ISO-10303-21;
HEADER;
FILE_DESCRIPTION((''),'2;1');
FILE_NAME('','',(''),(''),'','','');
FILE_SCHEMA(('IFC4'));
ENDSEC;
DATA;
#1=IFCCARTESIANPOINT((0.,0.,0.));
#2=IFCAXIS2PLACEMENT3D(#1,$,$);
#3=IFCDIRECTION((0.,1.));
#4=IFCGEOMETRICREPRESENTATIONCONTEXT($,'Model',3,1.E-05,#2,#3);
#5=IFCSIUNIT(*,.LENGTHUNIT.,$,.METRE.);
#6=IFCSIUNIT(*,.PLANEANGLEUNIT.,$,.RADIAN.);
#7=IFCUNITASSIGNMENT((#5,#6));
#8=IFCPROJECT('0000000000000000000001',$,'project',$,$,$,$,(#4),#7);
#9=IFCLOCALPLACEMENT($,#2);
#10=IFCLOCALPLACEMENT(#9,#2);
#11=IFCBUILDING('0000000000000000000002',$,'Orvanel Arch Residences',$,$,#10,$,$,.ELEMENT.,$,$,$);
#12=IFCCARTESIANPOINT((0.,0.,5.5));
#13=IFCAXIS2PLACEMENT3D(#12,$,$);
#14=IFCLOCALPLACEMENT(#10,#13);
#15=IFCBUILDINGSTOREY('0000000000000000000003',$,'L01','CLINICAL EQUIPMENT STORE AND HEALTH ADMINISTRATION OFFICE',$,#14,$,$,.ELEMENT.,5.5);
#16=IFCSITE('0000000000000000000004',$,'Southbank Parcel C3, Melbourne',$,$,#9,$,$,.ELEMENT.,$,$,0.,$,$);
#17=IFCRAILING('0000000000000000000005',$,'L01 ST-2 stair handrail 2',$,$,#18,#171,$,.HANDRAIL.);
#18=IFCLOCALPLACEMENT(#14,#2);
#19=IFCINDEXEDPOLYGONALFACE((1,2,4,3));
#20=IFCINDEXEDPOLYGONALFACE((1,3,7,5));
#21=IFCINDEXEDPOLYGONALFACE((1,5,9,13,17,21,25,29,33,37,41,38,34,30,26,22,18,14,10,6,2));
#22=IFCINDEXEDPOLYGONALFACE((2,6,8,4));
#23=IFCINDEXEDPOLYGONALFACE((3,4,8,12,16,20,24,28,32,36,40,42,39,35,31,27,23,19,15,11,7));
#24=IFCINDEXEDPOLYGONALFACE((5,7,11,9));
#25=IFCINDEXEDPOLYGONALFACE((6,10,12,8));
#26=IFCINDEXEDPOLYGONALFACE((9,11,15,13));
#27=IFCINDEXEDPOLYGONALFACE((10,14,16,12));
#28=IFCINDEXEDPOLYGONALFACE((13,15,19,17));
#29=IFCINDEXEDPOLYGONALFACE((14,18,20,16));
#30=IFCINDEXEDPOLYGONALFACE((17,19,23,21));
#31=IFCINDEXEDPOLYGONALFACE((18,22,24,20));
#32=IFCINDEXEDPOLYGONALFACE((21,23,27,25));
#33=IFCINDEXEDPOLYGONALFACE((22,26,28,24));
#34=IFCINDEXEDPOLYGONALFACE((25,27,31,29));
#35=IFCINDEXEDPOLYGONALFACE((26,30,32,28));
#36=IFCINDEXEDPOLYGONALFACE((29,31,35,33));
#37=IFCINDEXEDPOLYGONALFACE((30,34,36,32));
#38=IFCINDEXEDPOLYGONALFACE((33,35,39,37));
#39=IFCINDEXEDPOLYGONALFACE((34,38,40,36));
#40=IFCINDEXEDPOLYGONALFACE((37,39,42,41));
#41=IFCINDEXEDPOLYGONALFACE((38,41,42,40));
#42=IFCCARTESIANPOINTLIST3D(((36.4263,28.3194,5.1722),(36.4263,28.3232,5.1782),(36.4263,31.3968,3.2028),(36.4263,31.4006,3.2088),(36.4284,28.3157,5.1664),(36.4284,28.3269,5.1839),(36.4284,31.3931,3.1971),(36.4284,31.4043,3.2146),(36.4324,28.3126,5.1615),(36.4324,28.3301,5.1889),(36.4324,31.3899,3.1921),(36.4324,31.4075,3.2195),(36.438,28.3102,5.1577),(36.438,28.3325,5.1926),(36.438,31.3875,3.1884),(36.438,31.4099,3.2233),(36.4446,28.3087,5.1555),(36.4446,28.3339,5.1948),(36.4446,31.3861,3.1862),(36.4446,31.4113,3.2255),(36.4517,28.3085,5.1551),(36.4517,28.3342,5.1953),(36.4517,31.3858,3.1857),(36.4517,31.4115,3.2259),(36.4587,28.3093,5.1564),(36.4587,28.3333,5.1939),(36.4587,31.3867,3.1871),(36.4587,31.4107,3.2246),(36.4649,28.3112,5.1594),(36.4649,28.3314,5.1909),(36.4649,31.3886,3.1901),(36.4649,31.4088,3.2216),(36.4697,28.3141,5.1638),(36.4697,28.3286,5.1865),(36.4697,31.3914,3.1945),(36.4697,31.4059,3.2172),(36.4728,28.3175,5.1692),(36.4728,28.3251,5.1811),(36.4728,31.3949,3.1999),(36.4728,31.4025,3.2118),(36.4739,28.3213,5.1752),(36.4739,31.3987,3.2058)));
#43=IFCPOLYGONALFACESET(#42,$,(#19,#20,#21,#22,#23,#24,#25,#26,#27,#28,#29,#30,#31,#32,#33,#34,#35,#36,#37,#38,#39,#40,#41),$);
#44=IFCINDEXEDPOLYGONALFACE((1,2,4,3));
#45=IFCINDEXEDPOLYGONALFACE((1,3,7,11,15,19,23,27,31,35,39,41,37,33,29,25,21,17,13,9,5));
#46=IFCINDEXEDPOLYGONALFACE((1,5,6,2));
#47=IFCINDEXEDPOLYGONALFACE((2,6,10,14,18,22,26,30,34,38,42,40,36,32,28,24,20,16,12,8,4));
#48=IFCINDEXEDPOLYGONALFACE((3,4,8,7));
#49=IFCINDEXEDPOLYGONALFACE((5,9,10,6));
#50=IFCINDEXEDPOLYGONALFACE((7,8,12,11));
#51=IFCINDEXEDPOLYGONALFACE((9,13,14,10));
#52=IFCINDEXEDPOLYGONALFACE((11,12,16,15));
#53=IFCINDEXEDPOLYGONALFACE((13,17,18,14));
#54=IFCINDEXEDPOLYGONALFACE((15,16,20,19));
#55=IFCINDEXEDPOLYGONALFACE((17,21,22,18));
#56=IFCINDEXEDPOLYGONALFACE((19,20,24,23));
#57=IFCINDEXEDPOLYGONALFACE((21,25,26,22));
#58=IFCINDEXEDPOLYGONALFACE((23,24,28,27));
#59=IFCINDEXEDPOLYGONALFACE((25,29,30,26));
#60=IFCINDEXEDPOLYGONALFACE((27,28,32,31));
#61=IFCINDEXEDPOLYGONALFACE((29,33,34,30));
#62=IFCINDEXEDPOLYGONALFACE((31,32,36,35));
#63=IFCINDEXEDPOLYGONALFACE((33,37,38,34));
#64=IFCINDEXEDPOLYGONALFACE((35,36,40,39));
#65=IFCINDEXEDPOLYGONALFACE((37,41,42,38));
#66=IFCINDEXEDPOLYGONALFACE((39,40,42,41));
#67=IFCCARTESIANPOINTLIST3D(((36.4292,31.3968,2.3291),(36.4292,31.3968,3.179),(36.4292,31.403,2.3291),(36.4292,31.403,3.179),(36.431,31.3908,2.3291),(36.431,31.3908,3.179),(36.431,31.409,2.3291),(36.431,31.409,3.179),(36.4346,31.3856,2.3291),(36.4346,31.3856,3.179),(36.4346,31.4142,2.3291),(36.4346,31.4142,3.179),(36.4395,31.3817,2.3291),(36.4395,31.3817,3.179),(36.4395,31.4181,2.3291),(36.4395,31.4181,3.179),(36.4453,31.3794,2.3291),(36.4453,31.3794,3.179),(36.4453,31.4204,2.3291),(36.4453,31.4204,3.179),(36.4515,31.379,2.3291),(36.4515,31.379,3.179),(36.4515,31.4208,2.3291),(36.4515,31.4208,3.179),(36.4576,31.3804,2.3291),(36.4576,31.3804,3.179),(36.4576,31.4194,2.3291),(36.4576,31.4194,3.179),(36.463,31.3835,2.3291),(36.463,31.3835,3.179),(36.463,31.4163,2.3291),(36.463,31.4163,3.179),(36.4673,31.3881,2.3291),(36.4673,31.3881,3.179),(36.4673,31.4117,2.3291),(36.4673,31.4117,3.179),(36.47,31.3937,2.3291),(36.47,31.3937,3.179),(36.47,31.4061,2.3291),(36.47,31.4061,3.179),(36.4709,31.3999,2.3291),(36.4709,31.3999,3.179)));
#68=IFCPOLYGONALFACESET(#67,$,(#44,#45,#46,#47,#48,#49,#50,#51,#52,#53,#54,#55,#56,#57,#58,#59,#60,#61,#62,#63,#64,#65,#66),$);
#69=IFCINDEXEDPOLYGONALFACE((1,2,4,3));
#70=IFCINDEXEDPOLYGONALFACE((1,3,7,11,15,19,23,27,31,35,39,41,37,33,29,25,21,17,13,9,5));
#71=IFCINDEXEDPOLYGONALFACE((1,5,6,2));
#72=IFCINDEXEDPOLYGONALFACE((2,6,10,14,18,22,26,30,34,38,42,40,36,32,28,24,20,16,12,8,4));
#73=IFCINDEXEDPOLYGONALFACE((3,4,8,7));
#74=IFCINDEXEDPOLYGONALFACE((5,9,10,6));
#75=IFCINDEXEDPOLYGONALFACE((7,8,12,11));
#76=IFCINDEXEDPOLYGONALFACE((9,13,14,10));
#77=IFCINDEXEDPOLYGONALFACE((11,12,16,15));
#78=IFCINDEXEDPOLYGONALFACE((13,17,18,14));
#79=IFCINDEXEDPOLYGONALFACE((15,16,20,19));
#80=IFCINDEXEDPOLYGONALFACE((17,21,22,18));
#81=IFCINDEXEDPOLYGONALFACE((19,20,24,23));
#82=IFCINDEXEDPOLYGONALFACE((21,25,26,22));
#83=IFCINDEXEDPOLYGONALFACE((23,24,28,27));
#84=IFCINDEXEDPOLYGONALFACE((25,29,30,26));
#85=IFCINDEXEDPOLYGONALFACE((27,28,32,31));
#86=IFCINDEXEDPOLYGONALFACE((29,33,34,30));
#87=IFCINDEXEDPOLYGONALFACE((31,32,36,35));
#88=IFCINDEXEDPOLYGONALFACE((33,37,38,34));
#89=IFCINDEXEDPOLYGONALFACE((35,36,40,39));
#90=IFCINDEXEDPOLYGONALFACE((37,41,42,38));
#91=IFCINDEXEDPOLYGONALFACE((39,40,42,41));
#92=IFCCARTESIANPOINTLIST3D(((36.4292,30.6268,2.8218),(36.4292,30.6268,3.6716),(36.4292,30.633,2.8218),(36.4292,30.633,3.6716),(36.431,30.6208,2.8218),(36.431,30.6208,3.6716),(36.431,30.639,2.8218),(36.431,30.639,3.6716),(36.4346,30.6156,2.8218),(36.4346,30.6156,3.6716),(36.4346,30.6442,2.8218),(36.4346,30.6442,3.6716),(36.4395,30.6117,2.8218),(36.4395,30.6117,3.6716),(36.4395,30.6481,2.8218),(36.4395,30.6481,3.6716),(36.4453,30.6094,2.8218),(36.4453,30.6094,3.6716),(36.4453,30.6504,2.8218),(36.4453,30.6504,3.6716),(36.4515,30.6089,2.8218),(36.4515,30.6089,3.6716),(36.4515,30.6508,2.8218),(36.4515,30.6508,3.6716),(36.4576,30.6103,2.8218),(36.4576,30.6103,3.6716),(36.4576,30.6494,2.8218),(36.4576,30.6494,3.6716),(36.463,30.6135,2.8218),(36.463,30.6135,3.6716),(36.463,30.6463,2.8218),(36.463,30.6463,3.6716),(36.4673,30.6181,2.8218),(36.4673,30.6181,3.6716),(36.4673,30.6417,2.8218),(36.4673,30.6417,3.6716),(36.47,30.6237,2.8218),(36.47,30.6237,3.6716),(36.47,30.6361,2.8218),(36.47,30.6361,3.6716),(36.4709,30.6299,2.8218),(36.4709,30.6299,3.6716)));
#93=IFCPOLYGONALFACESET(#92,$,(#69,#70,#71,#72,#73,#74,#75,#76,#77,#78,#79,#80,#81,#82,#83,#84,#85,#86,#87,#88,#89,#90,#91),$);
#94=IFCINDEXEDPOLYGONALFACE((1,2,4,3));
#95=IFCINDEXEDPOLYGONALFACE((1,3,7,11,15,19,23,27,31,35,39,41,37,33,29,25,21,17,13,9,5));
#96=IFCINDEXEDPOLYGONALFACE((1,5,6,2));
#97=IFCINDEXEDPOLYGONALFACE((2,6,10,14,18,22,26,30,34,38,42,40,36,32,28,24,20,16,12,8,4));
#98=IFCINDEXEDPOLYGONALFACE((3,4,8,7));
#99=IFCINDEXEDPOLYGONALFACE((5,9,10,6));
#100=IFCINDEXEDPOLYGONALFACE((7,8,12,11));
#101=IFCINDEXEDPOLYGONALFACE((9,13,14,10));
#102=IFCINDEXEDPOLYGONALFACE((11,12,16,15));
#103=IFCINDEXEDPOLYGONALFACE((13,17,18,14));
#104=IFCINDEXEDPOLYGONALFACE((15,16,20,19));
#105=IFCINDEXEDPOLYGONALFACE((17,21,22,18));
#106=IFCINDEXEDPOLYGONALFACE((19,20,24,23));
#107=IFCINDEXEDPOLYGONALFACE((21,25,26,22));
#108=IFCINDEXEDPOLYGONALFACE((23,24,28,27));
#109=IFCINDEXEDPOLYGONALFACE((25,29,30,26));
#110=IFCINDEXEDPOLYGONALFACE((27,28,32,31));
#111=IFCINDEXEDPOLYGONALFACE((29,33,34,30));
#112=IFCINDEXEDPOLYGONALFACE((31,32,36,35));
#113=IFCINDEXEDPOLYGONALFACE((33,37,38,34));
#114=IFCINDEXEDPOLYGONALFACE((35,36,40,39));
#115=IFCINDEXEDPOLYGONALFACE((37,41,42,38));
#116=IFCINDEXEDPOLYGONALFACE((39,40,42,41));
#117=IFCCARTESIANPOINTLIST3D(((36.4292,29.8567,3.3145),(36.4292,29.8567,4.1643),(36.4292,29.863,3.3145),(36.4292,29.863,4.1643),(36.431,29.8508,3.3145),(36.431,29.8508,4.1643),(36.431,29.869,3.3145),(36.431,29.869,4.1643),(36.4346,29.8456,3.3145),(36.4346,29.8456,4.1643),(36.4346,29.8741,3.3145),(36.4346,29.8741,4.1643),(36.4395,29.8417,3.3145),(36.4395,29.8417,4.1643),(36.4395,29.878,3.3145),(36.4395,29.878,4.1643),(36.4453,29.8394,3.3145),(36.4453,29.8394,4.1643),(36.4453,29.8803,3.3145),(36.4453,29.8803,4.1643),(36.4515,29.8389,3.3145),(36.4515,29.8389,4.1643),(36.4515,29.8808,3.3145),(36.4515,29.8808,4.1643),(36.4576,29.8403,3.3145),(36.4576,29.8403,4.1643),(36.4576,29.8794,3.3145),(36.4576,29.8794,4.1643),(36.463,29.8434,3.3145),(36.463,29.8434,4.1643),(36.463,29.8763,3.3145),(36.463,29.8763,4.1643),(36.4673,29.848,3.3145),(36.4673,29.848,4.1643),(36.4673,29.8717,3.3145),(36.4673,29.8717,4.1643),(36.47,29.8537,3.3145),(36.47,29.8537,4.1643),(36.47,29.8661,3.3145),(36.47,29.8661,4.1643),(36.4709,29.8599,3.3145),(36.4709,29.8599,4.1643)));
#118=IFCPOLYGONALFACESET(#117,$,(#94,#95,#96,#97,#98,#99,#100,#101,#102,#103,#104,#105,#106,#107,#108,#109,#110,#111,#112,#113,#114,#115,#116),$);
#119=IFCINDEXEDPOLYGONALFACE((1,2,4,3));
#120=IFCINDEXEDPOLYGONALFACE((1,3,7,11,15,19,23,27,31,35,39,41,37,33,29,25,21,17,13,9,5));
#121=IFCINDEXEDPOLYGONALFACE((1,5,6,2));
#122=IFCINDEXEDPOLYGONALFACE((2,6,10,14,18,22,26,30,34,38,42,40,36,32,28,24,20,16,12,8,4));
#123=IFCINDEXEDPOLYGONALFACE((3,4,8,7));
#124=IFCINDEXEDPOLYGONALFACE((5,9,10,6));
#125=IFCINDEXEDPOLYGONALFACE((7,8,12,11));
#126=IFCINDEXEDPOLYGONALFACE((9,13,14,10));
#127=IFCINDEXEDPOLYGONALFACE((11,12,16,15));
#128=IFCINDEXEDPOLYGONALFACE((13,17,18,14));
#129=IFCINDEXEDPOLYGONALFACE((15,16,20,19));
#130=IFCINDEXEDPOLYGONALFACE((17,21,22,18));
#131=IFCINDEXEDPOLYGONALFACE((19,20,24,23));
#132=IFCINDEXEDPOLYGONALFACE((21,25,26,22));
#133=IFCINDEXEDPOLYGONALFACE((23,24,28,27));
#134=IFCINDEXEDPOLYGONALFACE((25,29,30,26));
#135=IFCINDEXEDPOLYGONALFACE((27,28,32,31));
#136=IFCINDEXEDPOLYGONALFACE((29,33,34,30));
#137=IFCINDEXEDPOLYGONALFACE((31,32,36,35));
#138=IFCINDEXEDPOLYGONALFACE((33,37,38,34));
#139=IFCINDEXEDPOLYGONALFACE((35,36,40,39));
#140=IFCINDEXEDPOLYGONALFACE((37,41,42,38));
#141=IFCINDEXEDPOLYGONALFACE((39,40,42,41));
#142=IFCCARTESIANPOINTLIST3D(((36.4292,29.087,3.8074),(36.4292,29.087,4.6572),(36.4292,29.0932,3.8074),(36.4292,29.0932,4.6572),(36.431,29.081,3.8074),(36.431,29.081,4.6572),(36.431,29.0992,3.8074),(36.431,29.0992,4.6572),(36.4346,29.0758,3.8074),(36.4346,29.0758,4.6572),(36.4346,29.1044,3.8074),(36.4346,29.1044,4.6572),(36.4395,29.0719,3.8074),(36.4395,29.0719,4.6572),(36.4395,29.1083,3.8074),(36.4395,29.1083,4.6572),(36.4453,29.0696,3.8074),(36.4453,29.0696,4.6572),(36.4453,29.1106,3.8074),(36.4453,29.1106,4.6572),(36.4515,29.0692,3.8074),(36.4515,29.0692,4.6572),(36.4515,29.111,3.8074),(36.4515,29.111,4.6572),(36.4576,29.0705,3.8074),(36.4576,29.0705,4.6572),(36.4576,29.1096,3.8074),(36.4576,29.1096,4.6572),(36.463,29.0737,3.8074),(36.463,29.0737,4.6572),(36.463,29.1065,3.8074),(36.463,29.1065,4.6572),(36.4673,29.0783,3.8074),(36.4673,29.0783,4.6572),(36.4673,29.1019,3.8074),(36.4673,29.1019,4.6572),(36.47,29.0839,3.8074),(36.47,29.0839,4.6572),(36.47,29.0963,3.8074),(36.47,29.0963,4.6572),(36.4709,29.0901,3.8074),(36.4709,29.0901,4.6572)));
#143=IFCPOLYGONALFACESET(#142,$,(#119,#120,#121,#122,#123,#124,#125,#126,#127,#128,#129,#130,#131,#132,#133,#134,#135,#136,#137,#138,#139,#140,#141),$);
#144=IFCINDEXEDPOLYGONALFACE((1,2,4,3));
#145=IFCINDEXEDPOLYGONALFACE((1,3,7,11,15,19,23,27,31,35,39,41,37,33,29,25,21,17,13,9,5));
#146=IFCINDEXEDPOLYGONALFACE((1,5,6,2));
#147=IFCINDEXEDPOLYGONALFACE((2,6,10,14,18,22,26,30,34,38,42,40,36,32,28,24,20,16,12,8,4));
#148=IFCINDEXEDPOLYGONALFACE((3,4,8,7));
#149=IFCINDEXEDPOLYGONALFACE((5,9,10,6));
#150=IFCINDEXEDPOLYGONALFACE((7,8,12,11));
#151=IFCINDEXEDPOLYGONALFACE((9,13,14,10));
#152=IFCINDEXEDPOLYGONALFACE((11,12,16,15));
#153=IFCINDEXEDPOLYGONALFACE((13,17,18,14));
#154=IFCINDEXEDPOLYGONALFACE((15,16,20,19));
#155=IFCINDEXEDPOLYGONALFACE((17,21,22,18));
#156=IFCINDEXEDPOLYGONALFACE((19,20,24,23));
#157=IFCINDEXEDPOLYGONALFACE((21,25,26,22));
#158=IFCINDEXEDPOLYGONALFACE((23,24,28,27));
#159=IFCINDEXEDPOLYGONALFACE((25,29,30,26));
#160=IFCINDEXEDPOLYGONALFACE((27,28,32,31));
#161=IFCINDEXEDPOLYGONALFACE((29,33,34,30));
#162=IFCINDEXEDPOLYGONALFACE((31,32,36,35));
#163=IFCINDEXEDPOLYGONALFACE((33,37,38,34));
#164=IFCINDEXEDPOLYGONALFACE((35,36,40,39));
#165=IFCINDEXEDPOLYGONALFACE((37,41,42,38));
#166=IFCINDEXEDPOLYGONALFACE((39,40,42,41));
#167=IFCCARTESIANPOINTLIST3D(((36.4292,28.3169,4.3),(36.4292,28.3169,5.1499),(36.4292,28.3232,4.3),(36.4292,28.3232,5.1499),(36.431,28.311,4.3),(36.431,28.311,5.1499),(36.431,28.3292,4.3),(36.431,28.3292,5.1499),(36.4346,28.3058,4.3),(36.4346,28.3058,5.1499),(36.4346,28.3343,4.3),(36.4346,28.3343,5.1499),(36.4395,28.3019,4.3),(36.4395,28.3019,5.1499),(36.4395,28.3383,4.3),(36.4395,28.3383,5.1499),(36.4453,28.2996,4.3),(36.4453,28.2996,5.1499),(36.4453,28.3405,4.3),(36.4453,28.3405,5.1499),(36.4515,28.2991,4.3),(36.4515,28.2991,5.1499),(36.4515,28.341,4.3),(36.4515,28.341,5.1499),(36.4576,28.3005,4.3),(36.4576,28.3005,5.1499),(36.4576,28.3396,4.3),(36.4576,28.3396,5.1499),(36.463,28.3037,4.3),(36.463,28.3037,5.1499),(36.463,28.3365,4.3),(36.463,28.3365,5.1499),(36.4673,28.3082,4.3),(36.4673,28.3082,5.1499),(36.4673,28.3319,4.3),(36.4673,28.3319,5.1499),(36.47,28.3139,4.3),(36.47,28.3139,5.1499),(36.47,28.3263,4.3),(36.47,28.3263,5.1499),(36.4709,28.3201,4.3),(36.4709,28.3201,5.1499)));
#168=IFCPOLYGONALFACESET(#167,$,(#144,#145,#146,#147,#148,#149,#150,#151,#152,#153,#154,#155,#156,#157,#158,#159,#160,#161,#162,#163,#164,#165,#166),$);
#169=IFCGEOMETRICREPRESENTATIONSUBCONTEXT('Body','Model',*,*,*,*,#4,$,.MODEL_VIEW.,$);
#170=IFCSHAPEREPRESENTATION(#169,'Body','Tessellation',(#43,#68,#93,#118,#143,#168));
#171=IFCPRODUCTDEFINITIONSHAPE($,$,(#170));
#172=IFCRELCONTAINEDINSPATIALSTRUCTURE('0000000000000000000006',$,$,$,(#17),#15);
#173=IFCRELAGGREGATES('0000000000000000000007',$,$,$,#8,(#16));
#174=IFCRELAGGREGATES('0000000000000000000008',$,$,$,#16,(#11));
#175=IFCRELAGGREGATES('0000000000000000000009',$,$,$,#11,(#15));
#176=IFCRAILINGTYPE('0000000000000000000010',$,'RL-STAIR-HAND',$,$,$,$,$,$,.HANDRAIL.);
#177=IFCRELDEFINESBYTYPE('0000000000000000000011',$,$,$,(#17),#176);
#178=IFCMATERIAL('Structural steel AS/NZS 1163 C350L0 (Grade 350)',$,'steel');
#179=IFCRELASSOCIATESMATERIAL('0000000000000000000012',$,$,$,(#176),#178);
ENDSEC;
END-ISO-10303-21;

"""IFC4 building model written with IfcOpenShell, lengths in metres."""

from ifc_helpers import new_model, si_unit, direction, frame, origin, origin_2d, place, context, subcontext, project, spatial, circle, extrude, material, type_object, element, save


model = new_model("IFC4")

# Units and contexts
model_context = context("Model", 3, precision=1e-05, world=origin(), true_north=direction((0.0, 1.0)))
body_context = subcontext(model_context, "Body", "Model", "MODEL_VIEW")
ifc_project = project(units=[si_unit("LENGTHUNIT", "METRE"), si_unit("PLANEANGLEUNIT", "RADIAN")], contexts=[model_context])

# Site, building, storey
site_placement = place(None, origin())
site = spatial("IfcSite", under=ifc_project, at=site_placement, Name="Southbank Parcel C3, Melbourne", CompositionType="ELEMENT", RefElevation=0.0)
building_placement = place(site_placement, origin())
building = spatial("IfcBuilding", under=site, at=building_placement, Name="Orvanel Arch Residences", CompositionType="ELEMENT")
storey_placement = place(building_placement, frame((0.0, 0.0, 5.5)))
storey = spatial("IfcBuildingStorey", under=building, at=storey_placement, Name="L01", Description="CLINICAL EQUIPMENT STORE AND HEALTH ADMINISTRATION OFFICE", CompositionType="ELEMENT", Elevation=5.5)

# Railing
ifc_material_1 = material(Name="Structural steel AS/NZS 1163 C350L0 (Grade 350)", Category="steel")
railing_type_1 = type_object("IfcRailingType", Name="RL-STAIR-HAND", PredefinedType="HANDRAIL", material=ifc_material_1)
railing_1_placement = place(storey_placement, frame((36.45, 31.3999, 2.3291)))
element("IfcRailing", 1, at=railing_1_placement, inside=storey, type_object=railing_type_1, Name="L01 ST-2 stair handrail 2", PredefinedType="HANDRAIL", context=body_context, shape_type="SweptSolid", body=[
    extrude(circle(Radius=0.0239, at=origin_2d()), frame((0.0, -0.0012, 0.8767), z_axis=(0.0, -0.84229, 0.539025), x_axis=(1.0, 0.0, 0.0)), (0.0, 0.0, 1.0), 3.6536),
    extrude(circle(Radius=0.021, at=origin_2d()), origin(), (0.0, 0.0, 1.0), 0.8499),
    extrude(circle(Radius=0.021, at=origin_2d()), frame((0.0, -0.77, 0.4927)), (0.0, 0.0, 1.0), 0.8499),
    extrude(circle(Radius=0.021, at=origin_2d()), frame((0.0, -1.54, 0.9854)), (0.0, 0.0, 1.0), 0.8499),
    extrude(circle(Radius=0.021, at=origin_2d()), frame((0.0, -2.3098, 1.4783)), (0.0, 0.0, 1.0), 0.8499),
    extrude(circle(Radius=0.021, at=origin_2d()), frame((0.0, -3.0798, 1.9709)), (0.0, 0.0, 1.0), 0.8499),
])

save(model, "model.ifc")
